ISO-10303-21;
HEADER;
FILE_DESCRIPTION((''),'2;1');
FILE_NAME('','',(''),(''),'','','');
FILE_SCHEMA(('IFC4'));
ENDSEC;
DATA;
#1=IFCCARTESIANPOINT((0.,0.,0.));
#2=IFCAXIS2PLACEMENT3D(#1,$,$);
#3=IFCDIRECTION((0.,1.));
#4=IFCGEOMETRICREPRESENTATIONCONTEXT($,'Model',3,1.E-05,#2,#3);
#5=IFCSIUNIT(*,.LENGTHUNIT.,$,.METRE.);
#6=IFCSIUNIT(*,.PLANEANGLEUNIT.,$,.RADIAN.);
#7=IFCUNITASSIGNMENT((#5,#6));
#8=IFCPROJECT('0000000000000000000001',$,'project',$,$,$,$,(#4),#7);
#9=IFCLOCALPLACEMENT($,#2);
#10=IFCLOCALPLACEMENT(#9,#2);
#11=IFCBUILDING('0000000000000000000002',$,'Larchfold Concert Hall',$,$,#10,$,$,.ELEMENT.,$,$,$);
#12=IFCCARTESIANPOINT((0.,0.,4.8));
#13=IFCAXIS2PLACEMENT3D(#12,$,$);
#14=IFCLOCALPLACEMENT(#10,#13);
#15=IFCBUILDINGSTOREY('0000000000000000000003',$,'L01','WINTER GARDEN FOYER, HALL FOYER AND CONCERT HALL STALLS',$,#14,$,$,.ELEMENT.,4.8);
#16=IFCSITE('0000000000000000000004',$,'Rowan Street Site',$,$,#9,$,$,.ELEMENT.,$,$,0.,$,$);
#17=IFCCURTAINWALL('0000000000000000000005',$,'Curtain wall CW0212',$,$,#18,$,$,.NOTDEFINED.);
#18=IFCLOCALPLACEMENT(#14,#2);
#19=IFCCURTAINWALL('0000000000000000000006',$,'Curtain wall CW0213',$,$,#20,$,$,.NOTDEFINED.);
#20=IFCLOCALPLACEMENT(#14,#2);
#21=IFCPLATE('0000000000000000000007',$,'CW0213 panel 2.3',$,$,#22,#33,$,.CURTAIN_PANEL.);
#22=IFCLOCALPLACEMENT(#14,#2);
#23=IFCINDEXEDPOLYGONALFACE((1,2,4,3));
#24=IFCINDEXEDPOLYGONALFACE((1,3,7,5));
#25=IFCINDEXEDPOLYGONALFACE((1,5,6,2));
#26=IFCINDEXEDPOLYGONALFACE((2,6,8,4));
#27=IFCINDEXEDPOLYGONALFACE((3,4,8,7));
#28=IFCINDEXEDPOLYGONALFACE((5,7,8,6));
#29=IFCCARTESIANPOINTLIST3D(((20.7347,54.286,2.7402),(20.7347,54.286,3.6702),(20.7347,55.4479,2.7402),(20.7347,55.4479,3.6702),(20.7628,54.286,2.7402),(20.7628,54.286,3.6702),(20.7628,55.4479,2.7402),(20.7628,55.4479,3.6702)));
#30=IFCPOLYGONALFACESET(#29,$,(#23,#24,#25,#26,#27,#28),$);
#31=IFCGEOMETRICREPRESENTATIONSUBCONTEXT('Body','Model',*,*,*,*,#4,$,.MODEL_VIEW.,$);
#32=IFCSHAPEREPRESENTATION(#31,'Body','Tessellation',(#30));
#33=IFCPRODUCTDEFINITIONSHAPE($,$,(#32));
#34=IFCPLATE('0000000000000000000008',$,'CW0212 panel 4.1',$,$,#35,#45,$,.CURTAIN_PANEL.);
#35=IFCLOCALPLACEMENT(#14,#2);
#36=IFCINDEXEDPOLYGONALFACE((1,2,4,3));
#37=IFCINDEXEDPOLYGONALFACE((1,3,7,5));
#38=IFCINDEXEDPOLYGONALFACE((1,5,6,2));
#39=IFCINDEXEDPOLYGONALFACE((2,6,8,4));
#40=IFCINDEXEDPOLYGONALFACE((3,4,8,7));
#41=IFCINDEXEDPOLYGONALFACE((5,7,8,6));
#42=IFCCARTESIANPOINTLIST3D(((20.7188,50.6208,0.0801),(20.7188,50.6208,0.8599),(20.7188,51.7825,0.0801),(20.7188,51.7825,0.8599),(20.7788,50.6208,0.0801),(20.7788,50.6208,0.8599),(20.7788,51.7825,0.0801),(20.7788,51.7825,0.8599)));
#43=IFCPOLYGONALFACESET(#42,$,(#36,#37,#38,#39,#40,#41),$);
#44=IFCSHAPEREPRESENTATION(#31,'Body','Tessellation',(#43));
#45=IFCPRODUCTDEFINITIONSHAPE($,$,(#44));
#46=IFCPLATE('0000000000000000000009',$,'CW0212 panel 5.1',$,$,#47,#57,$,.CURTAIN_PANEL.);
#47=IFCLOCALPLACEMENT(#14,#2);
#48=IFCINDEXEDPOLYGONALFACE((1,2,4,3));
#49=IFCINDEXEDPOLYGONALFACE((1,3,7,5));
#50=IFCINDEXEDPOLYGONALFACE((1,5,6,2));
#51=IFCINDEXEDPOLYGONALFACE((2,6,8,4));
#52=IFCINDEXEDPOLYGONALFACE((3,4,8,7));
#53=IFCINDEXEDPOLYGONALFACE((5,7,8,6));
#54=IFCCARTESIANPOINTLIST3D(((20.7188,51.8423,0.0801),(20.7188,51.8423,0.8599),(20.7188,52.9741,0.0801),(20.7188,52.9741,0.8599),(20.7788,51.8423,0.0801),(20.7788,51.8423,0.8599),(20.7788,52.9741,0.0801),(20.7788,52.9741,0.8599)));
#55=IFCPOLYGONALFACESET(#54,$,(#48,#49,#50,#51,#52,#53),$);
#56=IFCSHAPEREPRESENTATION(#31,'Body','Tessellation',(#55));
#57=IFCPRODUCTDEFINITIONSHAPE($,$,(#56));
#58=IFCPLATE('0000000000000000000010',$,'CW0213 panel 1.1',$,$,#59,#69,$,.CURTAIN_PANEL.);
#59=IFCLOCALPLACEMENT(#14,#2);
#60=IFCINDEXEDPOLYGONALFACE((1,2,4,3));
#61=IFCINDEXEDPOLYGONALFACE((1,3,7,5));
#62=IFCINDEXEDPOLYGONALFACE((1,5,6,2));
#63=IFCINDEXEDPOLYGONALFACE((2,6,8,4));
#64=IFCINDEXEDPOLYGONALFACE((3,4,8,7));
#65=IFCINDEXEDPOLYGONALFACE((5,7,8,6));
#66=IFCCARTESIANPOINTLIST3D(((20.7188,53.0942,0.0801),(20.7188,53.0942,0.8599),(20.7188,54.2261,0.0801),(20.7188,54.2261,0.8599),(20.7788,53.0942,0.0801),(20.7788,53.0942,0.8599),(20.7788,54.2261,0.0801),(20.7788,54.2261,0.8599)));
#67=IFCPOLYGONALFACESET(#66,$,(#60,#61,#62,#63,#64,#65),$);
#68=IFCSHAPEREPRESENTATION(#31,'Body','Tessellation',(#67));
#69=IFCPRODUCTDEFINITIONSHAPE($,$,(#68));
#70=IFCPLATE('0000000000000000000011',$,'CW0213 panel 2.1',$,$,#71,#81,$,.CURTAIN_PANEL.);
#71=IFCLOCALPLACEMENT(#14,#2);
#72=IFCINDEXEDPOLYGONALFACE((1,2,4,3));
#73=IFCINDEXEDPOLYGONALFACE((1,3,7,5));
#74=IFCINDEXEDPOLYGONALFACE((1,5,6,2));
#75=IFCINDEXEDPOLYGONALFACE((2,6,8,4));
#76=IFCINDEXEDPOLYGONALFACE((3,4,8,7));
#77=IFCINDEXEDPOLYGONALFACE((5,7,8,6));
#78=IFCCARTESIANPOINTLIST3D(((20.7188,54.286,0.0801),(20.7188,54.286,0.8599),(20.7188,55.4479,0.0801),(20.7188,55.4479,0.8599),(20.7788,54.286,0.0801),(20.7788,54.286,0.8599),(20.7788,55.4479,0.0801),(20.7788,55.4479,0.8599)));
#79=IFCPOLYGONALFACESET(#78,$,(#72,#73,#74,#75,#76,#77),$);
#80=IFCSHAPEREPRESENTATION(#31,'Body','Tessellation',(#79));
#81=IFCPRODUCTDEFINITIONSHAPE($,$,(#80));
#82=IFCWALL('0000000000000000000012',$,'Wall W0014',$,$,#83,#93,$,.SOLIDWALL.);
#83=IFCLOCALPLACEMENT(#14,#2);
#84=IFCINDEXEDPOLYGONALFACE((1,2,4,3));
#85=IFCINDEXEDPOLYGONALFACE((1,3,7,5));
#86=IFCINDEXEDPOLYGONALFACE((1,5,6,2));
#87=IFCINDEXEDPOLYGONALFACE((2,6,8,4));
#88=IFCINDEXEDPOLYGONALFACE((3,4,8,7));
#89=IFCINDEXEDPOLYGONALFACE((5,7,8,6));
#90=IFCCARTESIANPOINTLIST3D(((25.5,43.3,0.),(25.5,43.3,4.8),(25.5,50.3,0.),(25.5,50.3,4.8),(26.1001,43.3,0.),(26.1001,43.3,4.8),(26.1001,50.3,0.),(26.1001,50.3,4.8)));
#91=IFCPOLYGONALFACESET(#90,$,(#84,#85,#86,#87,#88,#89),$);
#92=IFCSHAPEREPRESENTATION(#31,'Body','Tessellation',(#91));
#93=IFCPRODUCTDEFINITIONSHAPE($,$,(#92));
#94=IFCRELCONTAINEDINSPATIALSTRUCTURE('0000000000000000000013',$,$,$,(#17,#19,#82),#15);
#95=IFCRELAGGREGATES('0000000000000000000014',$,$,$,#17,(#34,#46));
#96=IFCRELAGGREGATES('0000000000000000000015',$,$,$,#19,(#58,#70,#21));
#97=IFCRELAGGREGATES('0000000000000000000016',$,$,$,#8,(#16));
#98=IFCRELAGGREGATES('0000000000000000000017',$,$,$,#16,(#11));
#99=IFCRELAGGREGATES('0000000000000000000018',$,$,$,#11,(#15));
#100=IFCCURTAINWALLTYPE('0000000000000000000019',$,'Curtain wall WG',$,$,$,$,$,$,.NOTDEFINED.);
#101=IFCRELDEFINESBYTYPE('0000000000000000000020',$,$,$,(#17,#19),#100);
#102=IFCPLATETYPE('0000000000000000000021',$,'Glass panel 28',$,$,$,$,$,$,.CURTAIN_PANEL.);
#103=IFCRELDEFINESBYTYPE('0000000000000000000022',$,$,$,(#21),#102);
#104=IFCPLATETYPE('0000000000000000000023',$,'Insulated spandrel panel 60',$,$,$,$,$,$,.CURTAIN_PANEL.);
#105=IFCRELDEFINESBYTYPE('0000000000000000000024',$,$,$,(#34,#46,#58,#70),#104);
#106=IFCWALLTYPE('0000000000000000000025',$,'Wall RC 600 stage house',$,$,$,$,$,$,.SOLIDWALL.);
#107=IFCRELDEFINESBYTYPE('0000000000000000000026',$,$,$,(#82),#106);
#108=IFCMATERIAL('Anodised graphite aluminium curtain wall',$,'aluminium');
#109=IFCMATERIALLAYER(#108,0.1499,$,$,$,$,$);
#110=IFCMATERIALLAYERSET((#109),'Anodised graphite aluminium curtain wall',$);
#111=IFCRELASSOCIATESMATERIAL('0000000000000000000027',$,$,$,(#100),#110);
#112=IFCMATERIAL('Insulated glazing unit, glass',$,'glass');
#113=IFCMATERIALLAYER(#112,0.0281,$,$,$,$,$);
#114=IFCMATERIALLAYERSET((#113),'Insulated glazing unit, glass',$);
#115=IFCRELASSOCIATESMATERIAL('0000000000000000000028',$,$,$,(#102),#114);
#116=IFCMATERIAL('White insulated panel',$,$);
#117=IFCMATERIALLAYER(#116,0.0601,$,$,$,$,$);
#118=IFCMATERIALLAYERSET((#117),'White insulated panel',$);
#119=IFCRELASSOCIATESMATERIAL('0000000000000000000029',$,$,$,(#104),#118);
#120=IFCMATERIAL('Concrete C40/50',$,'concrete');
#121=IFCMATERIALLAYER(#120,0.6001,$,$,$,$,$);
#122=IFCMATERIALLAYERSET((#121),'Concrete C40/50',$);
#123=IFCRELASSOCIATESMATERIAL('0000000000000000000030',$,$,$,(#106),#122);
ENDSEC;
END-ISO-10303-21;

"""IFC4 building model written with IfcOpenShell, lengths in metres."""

from ifc_helpers import new_model, si_unit, direction, frame, frame_2d, origin, origin_2d, place, context, subcontext, project, spatial, rectangle, extrude, material, layer, layer_set, type_object, element, aggregate, save


model = new_model("IFC4")

# Units and contexts
model_context = context("Model", 3, precision=1e-05, world=origin(), true_north=direction((0.0, 1.0)))
body_context = subcontext(model_context, "Body", "Model", "MODEL_VIEW")
ifc_project = project(units=[si_unit("LENGTHUNIT", "METRE"), si_unit("PLANEANGLEUNIT", "RADIAN")], contexts=[model_context])

# Site, building, storey
site_placement = place(None, origin())
site = spatial("IfcSite", under=ifc_project, at=site_placement, Name="Rowan Street Site", CompositionType="ELEMENT", RefElevation=0.0)
building_placement = place(site_placement, origin())
building = spatial("IfcBuilding", under=site, at=building_placement, Name="Larchfold Concert Hall", CompositionType="ELEMENT")
storey_placement = place(building_placement, frame((0.0, 0.0, 4.8)))
storey = spatial("IfcBuildingStorey", under=building, at=storey_placement, Name="L01", Description="WINTER GARDEN FOYER, HALL FOYER AND CONCERT HALL STALLS", CompositionType="ELEMENT", Elevation=4.8)

# Curtain walls
ifc_material_1 = material(Name="Anodised graphite aluminium curtain wall", Category="aluminium")
ifc_layer_1 = layer(ifc_material_1, 0.1499)
ifc_layer_set_1 = layer_set([ifc_layer_1], Name="Anodised graphite aluminium curtain wall")
curtain_wall_type = type_object("IfcCurtainWallType", Name="Curtain wall WG", PredefinedType="NOTDEFINED", material=ifc_layer_set_1)
curtain_wall_1_placement = place(storey_placement, origin())
curtain_wall_1 = element("IfcCurtainWall", 1, at=curtain_wall_1_placement, inside=storey, type_object=curtain_wall_type, Name="Curtain wall CW0212", PredefinedType="NOTDEFINED")
curtain_wall_2_placement = place(storey_placement, origin())
curtain_wall_2 = element("IfcCurtainWall", 2, at=curtain_wall_2_placement, inside=storey, type_object=curtain_wall_type, Name="Curtain wall CW0213", PredefinedType="NOTDEFINED")

# Plates
ifc_material_2 = material(Name="Insulated glazing unit, glass", Category="glass")
ifc_layer_2 = layer(ifc_material_2, 0.0281)
ifc_layer_set_2 = layer_set([ifc_layer_2], Name="Insulated glazing unit, glass")
plate_type_1 = type_object("IfcPlateType", Name="Glass panel 28", PredefinedType="CURTAIN_PANEL", material=ifc_layer_set_2)
plate_1_placement = place(storey_placement, frame((20.7488, 54.8669, 2.7402), z_axis=(0.0, 0.0, 1.0), x_axis=(0.0, 1.0, 0.0)))
plate_1 = element("IfcPlate", 3, at=plate_1_placement, type_object=plate_type_1, Name="CW0213 panel 2.3", PredefinedType="CURTAIN_PANEL", context=body_context, shape_type="SweptSolid", body=[
    extrude(rectangle(XDim=1.1619, YDim=0.0281, at=origin_2d()), origin(), (0.0, 0.0, 1.0), 0.9299),
])
ifc_material_3 = material(Name="White insulated panel")
ifc_layer_3 = layer(ifc_material_3, 0.0601)
ifc_layer_set_3 = layer_set([ifc_layer_3], Name="White insulated panel")
plate_type_2 = type_object("IfcPlateType", Name="Insulated spandrel panel 60", PredefinedType="CURTAIN_PANEL", material=ifc_layer_set_3)
plate_2_placement = place(storey_placement, frame((20.7488, 51.2017, 0.0801), z_axis=(0.0, 0.0, 1.0), x_axis=(0.0, 1.0, 0.0)))
plate_2 = element("IfcPlate", 4, at=plate_2_placement, type_object=plate_type_2, Name="CW0212 panel 4.1", PredefinedType="CURTAIN_PANEL", context=body_context, shape_type="SweptSolid", body=[
    extrude(rectangle(XDim=1.1616, YDim=0.0601, at=origin_2d()), origin(), (0.0, 0.0, 1.0), 0.7798),
])
plate_3_placement = place(storey_placement, frame((20.7488, 52.4082, 0.0801), z_axis=(0.0, 0.0, 1.0), x_axis=(0.0, 1.0, 0.0)))
plate_3 = element("IfcPlate", 5, at=plate_3_placement, type_object=plate_type_2, Name="CW0212 panel 5.1", PredefinedType="CURTAIN_PANEL", context=body_context, shape_type="SweptSolid", body=[
    extrude(rectangle(XDim=1.1318, YDim=0.0601, at=origin_2d()), origin(), (0.0, 0.0, 1.0), 0.7798),
])
aggregate(curtain_wall_1, [plate_2, plate_3])
plate_4_placement = place(storey_placement, frame((20.7488, 53.6602, 0.0801), z_axis=(0.0, 0.0, 1.0), x_axis=(0.0, 1.0, 0.0)))
plate_4 = element("IfcPlate", 6, at=plate_4_placement, type_object=plate_type_2, Name="CW0213 panel 1.1", PredefinedType="CURTAIN_PANEL", context=body_context, shape_type="SweptSolid", body=[
    extrude(rectangle(XDim=1.1318, YDim=0.0601, at=origin_2d()), origin(), (0.0, 0.0, 1.0), 0.7798),
])
plate_5_placement = place(storey_placement, frame((20.7488, 54.8669, 0.0801), z_axis=(0.0, 0.0, 1.0), x_axis=(0.0, 1.0, 0.0)))
plate_5 = element("IfcPlate", 7, at=plate_5_placement, type_object=plate_type_2, Name="CW0213 panel 2.1", PredefinedType="CURTAIN_PANEL", context=body_context, shape_type="SweptSolid", body=[
    extrude(rectangle(XDim=1.1619, YDim=0.0601, at=origin_2d()), origin(), (0.0, 0.0, 1.0), 0.7798),
])
aggregate(curtain_wall_2, [plate_4, plate_5, plate_1])

# Wall
ifc_material_4 = material(Name="Concrete C40/50", Category="concrete")
ifc_layer_4 = layer(ifc_material_4, 0.6001)
ifc_layer_set_4 = layer_set([ifc_layer_4], Name="Concrete C40/50")
wall_type = type_object("IfcWallType", Name="Wall RC 600 stage house", PredefinedType="SOLIDWALL", material=ifc_layer_set_4)
wall_placement = place(storey_placement, frame((25.8, 50.3, 0.0), z_axis=(0.0, 0.0, 1.0), x_axis=(0.0, -1.0, 0.0)))
element("IfcWall", 8, at=wall_placement, inside=storey, type_object=wall_type, Name="Wall W0014", PredefinedType="SOLIDWALL", context=body_context, shape_type="SweptSolid", body=[
    extrude(rectangle(XDim=7.0, YDim=0.6001, at=frame_2d((3.5, 0.0))), origin(), (0.0, 0.0, 1.0), 4.8),
])

save(model, "model.ifc")
